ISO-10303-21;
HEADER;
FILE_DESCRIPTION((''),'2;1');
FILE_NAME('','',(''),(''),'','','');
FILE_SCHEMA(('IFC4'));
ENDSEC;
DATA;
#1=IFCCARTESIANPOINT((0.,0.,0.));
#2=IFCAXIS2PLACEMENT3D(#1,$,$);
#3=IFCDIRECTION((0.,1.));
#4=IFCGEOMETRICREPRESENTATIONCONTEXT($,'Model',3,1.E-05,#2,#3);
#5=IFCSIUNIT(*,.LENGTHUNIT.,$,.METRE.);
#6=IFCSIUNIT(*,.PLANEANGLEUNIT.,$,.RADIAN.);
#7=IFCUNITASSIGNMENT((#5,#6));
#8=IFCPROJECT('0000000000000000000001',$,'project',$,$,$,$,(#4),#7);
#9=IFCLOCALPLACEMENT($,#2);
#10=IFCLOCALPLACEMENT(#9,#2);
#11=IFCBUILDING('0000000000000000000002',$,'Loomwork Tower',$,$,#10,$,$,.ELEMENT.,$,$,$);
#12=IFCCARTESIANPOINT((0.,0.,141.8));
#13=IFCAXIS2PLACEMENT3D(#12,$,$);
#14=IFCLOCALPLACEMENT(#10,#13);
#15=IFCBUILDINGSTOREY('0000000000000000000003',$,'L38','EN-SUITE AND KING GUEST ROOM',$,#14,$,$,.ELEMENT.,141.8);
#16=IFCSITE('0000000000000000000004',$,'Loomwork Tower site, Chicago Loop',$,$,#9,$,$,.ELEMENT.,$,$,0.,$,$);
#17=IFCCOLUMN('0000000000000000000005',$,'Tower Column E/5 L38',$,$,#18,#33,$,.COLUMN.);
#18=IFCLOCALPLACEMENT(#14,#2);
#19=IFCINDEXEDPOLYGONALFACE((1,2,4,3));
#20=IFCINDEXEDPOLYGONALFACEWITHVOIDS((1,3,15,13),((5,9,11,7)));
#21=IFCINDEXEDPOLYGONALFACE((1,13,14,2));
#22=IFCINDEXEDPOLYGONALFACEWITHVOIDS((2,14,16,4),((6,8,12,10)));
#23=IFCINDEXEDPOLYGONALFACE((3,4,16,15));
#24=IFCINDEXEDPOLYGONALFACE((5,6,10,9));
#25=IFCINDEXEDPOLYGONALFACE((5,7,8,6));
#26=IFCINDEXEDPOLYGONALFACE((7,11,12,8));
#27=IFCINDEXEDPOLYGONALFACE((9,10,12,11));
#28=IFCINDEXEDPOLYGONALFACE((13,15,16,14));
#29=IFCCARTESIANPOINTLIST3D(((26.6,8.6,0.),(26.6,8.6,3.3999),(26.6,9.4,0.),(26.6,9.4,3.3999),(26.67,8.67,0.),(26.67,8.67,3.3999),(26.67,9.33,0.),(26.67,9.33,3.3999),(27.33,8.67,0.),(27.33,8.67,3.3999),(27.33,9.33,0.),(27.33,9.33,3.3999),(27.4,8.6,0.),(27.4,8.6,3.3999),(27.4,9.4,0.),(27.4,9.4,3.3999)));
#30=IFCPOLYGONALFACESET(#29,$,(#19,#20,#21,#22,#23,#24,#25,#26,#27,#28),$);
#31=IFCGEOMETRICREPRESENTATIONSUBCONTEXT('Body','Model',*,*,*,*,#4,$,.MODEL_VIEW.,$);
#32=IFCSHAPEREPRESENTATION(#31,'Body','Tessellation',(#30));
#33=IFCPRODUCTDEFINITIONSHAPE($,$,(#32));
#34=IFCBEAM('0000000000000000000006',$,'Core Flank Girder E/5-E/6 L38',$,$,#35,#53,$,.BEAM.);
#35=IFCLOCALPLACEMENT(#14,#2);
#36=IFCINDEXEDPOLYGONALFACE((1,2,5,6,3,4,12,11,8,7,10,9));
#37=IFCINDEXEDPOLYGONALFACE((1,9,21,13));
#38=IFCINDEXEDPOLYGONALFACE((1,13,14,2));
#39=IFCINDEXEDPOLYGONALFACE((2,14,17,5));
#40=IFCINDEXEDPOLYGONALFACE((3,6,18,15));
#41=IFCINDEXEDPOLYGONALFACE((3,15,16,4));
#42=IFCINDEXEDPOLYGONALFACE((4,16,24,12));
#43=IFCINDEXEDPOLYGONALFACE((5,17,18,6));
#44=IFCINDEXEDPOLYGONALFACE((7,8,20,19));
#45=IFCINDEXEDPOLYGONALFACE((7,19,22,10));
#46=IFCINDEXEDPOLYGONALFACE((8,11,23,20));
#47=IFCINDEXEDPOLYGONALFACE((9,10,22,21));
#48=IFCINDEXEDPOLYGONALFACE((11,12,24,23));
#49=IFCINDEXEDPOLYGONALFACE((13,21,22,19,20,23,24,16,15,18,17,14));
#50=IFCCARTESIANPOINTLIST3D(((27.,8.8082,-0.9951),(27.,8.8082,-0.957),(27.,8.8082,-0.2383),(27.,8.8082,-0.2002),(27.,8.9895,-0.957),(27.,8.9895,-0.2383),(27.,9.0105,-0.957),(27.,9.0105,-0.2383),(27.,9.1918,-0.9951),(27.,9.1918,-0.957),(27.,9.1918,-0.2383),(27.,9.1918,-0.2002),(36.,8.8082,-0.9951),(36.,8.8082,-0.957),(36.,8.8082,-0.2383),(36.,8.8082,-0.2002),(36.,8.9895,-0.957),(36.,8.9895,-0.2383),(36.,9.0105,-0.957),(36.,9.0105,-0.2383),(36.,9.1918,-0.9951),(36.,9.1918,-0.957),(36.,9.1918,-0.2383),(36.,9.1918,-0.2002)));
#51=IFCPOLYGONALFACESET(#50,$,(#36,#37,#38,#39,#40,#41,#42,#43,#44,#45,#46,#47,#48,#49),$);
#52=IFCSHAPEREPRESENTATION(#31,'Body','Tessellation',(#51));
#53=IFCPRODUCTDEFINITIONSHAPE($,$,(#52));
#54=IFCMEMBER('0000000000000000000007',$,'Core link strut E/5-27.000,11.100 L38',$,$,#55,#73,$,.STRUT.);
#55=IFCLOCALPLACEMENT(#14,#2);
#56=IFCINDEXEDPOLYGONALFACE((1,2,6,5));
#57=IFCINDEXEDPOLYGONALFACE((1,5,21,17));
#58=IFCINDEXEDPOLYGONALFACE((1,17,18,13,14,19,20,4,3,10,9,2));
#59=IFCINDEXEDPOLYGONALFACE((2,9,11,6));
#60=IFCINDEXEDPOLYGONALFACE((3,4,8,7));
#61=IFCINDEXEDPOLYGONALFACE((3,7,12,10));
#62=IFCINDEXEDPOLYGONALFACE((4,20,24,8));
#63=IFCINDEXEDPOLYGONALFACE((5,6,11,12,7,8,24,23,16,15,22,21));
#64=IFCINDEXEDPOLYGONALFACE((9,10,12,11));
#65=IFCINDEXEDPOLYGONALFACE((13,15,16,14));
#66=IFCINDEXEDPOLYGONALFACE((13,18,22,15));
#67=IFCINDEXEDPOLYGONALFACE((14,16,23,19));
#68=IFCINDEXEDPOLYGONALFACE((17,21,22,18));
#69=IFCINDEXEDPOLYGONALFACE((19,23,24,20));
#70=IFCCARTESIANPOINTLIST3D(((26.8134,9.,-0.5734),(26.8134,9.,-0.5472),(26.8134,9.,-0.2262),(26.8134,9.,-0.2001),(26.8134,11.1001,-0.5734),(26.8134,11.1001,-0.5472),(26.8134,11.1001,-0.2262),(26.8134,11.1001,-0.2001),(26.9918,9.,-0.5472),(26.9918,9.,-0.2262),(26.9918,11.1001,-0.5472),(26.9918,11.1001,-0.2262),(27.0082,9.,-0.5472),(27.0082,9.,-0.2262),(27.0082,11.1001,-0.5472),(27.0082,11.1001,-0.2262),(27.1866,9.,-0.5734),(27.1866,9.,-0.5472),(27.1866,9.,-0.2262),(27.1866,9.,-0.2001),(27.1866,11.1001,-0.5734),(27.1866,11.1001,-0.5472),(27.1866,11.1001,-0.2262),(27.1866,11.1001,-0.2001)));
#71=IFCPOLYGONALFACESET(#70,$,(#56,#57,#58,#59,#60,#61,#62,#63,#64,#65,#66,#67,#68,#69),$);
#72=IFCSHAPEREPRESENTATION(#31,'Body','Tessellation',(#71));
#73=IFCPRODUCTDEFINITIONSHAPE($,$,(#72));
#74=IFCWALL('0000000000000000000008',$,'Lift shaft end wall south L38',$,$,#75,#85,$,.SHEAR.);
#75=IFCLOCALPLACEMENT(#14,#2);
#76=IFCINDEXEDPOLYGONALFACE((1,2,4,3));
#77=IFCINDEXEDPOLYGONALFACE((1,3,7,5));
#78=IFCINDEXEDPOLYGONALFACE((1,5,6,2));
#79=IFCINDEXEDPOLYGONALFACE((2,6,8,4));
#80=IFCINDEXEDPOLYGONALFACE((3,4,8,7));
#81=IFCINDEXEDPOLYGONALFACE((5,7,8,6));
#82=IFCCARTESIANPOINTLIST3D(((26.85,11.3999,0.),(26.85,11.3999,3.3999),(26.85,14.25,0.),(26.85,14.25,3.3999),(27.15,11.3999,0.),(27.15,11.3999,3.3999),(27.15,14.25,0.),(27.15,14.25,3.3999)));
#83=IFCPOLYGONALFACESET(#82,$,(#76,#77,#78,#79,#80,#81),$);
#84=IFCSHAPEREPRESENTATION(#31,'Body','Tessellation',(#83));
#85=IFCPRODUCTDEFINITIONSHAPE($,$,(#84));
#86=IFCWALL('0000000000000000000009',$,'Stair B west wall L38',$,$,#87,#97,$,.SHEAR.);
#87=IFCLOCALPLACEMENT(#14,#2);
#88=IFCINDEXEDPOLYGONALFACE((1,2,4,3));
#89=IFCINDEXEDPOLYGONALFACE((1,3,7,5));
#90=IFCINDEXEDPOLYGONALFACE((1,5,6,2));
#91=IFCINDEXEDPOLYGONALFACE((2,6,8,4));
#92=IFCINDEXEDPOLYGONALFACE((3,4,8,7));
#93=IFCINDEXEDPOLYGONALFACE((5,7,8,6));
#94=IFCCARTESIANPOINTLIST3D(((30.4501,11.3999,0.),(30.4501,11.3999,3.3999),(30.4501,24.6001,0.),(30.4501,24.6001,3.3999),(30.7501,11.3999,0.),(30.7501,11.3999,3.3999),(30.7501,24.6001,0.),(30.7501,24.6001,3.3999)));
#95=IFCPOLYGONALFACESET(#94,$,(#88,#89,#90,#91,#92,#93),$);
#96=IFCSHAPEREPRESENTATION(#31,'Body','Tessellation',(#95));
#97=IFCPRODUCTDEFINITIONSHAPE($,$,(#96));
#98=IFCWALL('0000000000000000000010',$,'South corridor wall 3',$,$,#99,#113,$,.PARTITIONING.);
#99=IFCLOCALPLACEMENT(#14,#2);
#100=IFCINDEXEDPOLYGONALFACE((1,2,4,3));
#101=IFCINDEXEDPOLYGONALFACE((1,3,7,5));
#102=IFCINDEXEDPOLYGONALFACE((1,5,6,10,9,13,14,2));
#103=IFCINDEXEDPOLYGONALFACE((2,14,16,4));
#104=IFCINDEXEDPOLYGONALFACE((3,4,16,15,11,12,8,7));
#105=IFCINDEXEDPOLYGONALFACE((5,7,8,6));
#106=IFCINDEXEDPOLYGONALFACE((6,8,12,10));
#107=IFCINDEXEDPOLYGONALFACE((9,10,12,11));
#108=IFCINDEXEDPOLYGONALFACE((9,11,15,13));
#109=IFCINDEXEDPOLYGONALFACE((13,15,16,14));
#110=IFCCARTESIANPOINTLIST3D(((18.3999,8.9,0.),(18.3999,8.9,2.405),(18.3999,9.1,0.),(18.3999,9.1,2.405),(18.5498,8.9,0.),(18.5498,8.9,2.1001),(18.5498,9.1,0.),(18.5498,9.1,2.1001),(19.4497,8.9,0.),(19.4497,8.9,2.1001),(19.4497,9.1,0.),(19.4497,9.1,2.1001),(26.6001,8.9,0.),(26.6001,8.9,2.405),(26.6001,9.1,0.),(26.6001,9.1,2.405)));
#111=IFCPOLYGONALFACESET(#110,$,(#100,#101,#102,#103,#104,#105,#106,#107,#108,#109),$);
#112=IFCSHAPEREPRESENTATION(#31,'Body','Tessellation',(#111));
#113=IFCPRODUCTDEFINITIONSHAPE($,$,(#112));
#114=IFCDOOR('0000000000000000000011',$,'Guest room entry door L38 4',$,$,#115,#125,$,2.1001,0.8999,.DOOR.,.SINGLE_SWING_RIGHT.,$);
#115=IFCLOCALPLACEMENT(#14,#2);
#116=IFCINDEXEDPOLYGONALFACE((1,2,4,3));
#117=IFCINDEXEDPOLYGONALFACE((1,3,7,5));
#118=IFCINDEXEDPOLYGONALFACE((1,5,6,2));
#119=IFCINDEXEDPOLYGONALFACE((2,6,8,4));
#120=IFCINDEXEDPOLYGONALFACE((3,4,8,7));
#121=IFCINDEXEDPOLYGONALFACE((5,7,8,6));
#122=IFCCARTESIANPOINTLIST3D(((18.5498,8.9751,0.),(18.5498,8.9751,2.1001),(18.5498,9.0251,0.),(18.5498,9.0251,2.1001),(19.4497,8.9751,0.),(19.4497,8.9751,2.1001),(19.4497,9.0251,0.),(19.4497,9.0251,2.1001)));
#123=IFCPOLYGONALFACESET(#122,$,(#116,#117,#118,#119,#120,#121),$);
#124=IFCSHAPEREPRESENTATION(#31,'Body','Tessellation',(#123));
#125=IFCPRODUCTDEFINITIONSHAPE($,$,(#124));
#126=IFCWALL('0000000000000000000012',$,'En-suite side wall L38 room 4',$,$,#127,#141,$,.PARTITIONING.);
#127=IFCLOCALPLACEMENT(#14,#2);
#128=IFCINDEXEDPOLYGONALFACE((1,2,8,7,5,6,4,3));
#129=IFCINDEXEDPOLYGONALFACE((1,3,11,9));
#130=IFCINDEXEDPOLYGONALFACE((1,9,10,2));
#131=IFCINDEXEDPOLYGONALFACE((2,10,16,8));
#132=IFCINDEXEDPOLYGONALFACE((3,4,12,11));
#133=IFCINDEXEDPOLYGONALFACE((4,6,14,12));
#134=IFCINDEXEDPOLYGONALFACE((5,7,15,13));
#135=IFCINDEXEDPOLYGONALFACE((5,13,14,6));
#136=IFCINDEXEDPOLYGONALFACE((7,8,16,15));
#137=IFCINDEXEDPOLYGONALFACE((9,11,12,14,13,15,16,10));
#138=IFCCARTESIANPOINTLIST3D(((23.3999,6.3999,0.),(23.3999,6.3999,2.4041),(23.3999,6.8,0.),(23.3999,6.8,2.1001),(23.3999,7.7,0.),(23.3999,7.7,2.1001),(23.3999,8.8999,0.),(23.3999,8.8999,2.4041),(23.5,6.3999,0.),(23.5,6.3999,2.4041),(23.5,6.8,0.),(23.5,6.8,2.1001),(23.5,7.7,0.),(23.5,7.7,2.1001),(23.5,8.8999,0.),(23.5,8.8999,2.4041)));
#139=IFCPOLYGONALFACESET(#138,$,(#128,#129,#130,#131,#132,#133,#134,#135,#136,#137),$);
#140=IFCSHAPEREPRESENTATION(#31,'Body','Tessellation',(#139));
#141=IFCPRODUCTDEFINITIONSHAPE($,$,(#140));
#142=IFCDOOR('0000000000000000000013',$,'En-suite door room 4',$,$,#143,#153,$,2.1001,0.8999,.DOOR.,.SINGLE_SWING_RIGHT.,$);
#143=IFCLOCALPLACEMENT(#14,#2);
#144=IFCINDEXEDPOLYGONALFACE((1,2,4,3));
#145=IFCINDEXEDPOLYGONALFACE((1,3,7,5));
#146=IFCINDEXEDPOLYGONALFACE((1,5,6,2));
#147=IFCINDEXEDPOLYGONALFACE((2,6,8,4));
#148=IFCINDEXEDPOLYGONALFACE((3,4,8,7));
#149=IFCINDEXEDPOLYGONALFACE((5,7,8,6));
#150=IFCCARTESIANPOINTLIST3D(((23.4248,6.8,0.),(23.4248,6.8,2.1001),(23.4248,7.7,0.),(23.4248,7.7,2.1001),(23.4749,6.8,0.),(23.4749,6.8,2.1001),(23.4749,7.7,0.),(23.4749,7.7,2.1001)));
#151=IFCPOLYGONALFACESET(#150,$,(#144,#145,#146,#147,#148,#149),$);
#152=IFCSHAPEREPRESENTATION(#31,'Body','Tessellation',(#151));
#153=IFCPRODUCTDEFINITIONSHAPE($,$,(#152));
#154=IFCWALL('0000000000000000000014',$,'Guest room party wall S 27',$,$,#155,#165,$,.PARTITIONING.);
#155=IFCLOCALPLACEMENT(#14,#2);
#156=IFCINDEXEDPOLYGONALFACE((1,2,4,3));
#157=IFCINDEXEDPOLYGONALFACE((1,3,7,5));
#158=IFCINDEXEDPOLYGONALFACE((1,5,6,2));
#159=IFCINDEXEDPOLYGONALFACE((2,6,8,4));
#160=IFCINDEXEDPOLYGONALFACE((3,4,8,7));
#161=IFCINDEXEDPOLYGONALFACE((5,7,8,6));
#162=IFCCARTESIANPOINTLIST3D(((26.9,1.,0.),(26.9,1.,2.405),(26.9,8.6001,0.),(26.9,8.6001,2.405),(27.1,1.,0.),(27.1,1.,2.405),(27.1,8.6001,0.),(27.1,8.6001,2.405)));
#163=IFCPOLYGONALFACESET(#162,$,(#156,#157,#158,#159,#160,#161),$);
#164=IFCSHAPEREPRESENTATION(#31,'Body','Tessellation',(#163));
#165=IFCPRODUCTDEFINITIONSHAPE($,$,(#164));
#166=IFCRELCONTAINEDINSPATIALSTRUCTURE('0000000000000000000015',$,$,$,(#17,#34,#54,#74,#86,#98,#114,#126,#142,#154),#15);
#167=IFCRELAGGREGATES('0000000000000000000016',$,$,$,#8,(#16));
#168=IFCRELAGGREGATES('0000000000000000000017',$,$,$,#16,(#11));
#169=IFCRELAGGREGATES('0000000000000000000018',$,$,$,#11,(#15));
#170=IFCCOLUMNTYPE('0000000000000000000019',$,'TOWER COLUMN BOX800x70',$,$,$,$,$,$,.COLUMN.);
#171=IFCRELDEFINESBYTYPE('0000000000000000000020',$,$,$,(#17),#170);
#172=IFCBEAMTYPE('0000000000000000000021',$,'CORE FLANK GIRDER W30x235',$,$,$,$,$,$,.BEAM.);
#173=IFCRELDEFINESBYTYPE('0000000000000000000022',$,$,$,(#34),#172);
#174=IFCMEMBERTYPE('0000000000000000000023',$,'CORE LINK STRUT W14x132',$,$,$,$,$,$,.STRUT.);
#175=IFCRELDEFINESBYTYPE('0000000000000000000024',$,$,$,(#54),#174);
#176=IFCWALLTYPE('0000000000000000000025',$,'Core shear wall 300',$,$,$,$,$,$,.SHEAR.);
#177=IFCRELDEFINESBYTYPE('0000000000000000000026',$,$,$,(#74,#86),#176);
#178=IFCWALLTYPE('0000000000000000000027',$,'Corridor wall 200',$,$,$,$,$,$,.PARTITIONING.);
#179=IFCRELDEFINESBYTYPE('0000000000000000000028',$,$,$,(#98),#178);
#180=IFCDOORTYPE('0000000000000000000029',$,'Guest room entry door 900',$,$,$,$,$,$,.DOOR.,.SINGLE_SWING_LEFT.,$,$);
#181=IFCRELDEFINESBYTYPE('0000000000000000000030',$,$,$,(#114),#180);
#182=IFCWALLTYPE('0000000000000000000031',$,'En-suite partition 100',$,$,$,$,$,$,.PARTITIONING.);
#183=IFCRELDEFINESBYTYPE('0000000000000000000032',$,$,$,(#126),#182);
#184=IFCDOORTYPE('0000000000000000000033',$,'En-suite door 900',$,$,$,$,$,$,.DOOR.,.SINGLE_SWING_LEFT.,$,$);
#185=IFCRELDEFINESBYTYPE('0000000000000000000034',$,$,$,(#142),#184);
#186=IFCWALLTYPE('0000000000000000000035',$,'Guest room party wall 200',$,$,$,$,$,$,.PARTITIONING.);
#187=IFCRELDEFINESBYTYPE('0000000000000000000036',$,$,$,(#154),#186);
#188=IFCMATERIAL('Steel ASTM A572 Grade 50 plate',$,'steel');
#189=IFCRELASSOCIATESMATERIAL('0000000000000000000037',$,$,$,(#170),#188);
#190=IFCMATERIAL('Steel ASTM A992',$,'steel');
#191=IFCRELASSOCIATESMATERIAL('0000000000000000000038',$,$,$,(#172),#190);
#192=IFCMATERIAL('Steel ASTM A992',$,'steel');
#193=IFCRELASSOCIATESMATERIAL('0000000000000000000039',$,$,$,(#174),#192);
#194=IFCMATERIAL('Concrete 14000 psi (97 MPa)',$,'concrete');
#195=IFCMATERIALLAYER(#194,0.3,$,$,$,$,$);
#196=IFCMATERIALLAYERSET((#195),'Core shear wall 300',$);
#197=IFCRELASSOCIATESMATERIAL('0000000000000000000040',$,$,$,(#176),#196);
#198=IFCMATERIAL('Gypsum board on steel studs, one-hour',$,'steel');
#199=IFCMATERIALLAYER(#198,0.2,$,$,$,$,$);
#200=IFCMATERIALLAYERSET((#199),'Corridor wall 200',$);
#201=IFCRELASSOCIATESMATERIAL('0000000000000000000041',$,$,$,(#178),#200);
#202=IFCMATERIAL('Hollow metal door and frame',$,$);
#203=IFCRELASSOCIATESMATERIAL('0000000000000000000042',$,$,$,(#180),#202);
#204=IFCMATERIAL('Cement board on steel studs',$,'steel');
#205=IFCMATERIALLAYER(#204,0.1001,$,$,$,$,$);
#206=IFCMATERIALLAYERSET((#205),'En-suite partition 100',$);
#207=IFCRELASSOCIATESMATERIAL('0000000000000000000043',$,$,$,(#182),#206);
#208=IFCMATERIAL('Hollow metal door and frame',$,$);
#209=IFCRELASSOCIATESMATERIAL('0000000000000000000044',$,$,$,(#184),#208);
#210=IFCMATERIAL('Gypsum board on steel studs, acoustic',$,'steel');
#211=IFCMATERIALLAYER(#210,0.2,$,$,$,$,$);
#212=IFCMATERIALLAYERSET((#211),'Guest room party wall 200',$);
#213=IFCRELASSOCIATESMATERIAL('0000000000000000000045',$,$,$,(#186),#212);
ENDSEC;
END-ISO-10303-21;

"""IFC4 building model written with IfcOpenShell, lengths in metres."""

from ifc_helpers import new_model, si_unit, direction, frame, frame_2d, origin, origin_2d, place, context, subcontext, project, spatial, rectangle, hollow_rectangle, i_section, extrude, material, layer, layer_set, material_profile, profile_set, type_object, element, fill, save


model = new_model("IFC4")

# Units and contexts
model_context = context("Model", 3, precision=1e-05, world=origin(), true_north=direction((0.0, 1.0)))
body_context = subcontext(model_context, "Body", "Model", "MODEL_VIEW")
ifc_project = project(units=[si_unit("LENGTHUNIT", "METRE"), si_unit("PLANEANGLEUNIT", "RADIAN")], contexts=[model_context])

# Site, building, storey
site_placement = place(None, origin())
site = spatial("IfcSite", under=ifc_project, at=site_placement, Name="Loomwork Tower site, Chicago Loop", CompositionType="ELEMENT", RefElevation=0.0)
building_placement = place(site_placement, origin())
building = spatial("IfcBuilding", under=site, at=building_placement, Name="Loomwork Tower", CompositionType="ELEMENT")
storey_placement = place(building_placement, frame((0.0, 0.0, 141.8)))
storey = spatial("IfcBuildingStorey", under=building, at=storey_placement, Name="L38", Description="EN-SUITE AND KING GUEST ROOM", CompositionType="ELEMENT", Elevation=141.8)

# Column
ifc_material_1 = material(Name="Steel ASTM A572 Grade 50 plate", Category="steel")
ifc_material_profile_1 = material_profile(ifc_material_1, hollow_rectangle(XDim=0.8, YDim=0.8, WallThickness=0.0701, at=origin_2d()), Name="BOX800x70")
ifc_profile_set_1 = profile_set([ifc_material_profile_1], Name="Steel ASTM A572 Grade 50 plate")
column_type = type_object("IfcColumnType", Name="TOWER COLUMN BOX800x70", PredefinedType="COLUMN", material=ifc_profile_set_1)
column_placement = place(storey_placement, frame((27.0, 9.0, 0.0), z_axis=(0.0, 0.0, 1.0), x_axis=(1.0, 0.0, 0.0)))
element("IfcColumn", 1, at=column_placement, inside=storey, type_object=column_type, Name="Tower Column E/5 L38", PredefinedType="COLUMN", context=body_context, shape_type="SweptSolid", body=[
    extrude(hollow_rectangle(XDim=0.8, YDim=0.8, WallThickness=0.0701, at=origin_2d()), origin(), (0.0, 0.0, 1.0), 3.3999),
])

# Beam
ifc_material_2 = material(Name="Steel ASTM A992", Category="steel")
ifc_material_profile_2 = material_profile(ifc_material_2, i_section(OverallWidth=0.3835, OverallDepth=0.7949, WebThickness=0.021, FlangeThickness=0.0381, at=origin_2d()), Name="W30x235")
ifc_profile_set_2 = profile_set([ifc_material_profile_2], Name="Steel ASTM A992")
beam_type = type_object("IfcBeamType", Name="CORE FLANK GIRDER W30x235", PredefinedType="BEAM", material=ifc_profile_set_2)
beam_placement = place(storey_placement, frame((27.0, 9.0, -0.5977), z_axis=(1.0, 0.0, 0.0), x_axis=(0.0, 1.0, 0.0)))
element("IfcBeam", 2, at=beam_placement, inside=storey, type_object=beam_type, Name="Core Flank Girder E/5-E/6 L38", PredefinedType="BEAM", context=body_context, shape_type="SweptSolid", body=[
    extrude(i_section(OverallWidth=0.3835, OverallDepth=0.7949, WebThickness=0.021, FlangeThickness=0.0381, at=origin_2d()), origin(), (0.0, 0.0, 1.0), 9.0),
])

# Member
ifc_material_3 = material(Name="Steel ASTM A992", Category="steel")
ifc_material_profile_3 = material_profile(ifc_material_3, i_section(OverallWidth=0.3733, OverallDepth=0.3733, WebThickness=0.0164, FlangeThickness=0.0261, at=origin_2d()), Name="W14x132")
ifc_profile_set_3 = profile_set([ifc_material_profile_3], Name="Steel ASTM A992")
member_type = type_object("IfcMemberType", Name="CORE LINK STRUT W14x132", PredefinedType="STRUT", material=ifc_profile_set_3)
member_placement = place(storey_placement, frame((27.0, 9.0, -0.3867), z_axis=(0.0, 1.0, 0.0), x_axis=(-1.0, 0.0, 0.0)))
element("IfcMember", 3, at=member_placement, inside=storey, type_object=member_type, Name="Core link strut E/5-27.000,11.100 L38", PredefinedType="STRUT", context=body_context, shape_type="SweptSolid", body=[
    extrude(i_section(OverallWidth=0.3733, OverallDepth=0.3733, WebThickness=0.0164, FlangeThickness=0.0261, at=origin_2d()), origin(), (0.0, 0.0, 1.0), 2.1001),
])

# Walls
ifc_material_4 = material(Name="Concrete 14000 psi (97 MPa)", Category="concrete")
ifc_layer_1 = layer(ifc_material_4, 0.3)
ifc_layer_set_1 = layer_set([ifc_layer_1], Name="Core shear wall 300")
wall_type_1 = type_object("IfcWallType", Name="Core shear wall 300", PredefinedType="SHEAR", material=ifc_layer_set_1)
wall_1_placement = place(storey_placement, frame((27.0, 11.3999, 0.0), z_axis=(0.0, 0.0, 1.0), x_axis=(0.0, 1.0, 0.0)))
element("IfcWall", 4, at=wall_1_placement, inside=storey, type_object=wall_type_1, Name="Lift shaft end wall south L38", PredefinedType="SHEAR", context=body_context, shape_type="SweptSolid", body=[
    extrude(rectangle(XDim=2.8501, YDim=0.3, at=frame_2d((1.425, 0.0))), origin(), (0.0, 0.0, 1.0), 3.3999),
])
wall_2_placement = place(storey_placement, frame((30.6001, 11.3999, 0.0), z_axis=(0.0, 0.0, 1.0), x_axis=(0.0, 1.0, 0.0)))
element("IfcWall", 5, at=wall_2_placement, inside=storey, type_object=wall_type_1, Name="Stair B west wall L38", PredefinedType="SHEAR", context=body_context, shape_type="SweptSolid", body=[
    extrude(rectangle(XDim=13.2002, YDim=0.3, at=frame_2d((6.6001, 0.0))), origin(), (0.0, 0.0, 1.0), 3.3999),
])

# Walls, openings, doors
ifc_material_5 = material(Name="Gypsum board on steel studs, one-hour", Category="steel")
ifc_layer_2 = layer(ifc_material_5, 0.2)
ifc_layer_set_2 = layer_set([ifc_layer_2], Name="Corridor wall 200")
wall_type_2 = type_object("IfcWallType", Name="Corridor wall 200", PredefinedType="PARTITIONING", material=ifc_layer_set_2)
wall_3_placement = place(storey_placement, frame((18.3999, 9.0, 0.0), z_axis=(0.0, 0.0, 1.0), x_axis=(1.0, 0.0, 0.0)))
wall_3 = element("IfcWall", 6, at=wall_3_placement, inside=storey, type_object=wall_type_2, Name="South corridor wall 3", PredefinedType="PARTITIONING", context=body_context, shape_type="SweptSolid", body=[
    extrude(rectangle(XDim=8.2002, YDim=0.2, at=frame_2d((4.1001, 0.0))), origin(), (0.0, 0.0, 1.0), 2.405),
])
opening_1_placement = place(wall_3_placement, frame((0.1499, 0.0, 0.0)))
opening_1 = element("IfcOpeningElement", 7, at=opening_1_placement, cuts=wall_3, PredefinedType="OPENING", context=body_context, shape_type="SweptSolid", body=[
    extrude(rectangle(XDim=0.8999, YDim=2.1001, at=frame_2d((0.45, 1.05))), frame((0.0, 0.1099, 0.0), z_axis=(0.0, -1.0, 0.0), x_axis=(1.0, 0.0, 0.0)), (0.0, 0.0, 1.0), 0.22),
])
ifc_material_6 = material(Name="Hollow metal door and frame")
door_type_1 = type_object("IfcDoorType", Name="Guest room entry door 900", OperationType="SINGLE_SWING_LEFT", PredefinedType="DOOR", material=ifc_material_6)
door_1_placement = place(opening_1_placement, frame((0.8999, 0.0, 0.0), z_axis=(0.0, 0.0, 1.0), x_axis=(-1.0, 0.0, 0.0)))
door_1 = element("IfcDoor", 8, at=door_1_placement, inside=storey, type_object=door_type_1, Name="Guest room entry door L38 4", OperationType="SINGLE_SWING_RIGHT", OverallHeight=2.1001, OverallWidth=0.8999, PredefinedType="DOOR", context=body_context, shape_type="SweptSolid", body=[
    extrude(rectangle(XDim=0.8999, YDim=2.1001, at=frame_2d((0.45, 1.05))), frame((0.0, 0.0249, 0.0), z_axis=(0.0, -1.0, 0.0), x_axis=(1.0, 0.0, 0.0)), (0.0, 0.0, 1.0), 0.05),
])
fill(opening_1, door_1)
ifc_material_7 = material(Name="Cement board on steel studs", Category="steel")
ifc_layer_3 = layer(ifc_material_7, 0.1001)
ifc_layer_set_3 = layer_set([ifc_layer_3], Name="En-suite partition 100")
wall_type_3 = type_object("IfcWallType", Name="En-suite partition 100", PredefinedType="PARTITIONING", material=ifc_layer_set_3)
wall_4_placement = place(storey_placement, frame((23.45, 8.8999, 0.0), z_axis=(0.0, 0.0, 1.0), x_axis=(0.0, -1.0, 0.0)))
wall_4 = element("IfcWall", 9, at=wall_4_placement, inside=storey, type_object=wall_type_3, Name="En-suite side wall L38 room 4", PredefinedType="PARTITIONING", context=body_context, shape_type="SweptSolid", body=[
    extrude(rectangle(XDim=2.5, YDim=0.1001, at=frame_2d((1.25, 0.0))), origin(), (0.0, 0.0, 1.0), 2.4041),
])
opening_2_placement = place(wall_4_placement, frame((1.2, 0.0, 0.0)))
opening_2 = element("IfcOpeningElement", 10, at=opening_2_placement, cuts=wall_4, PredefinedType="OPENING", context=body_context, shape_type="SweptSolid", body=[
    extrude(rectangle(XDim=0.8999, YDim=2.1001, at=frame_2d((0.45, 1.05))), frame((0.0, 0.0601, 0.0), z_axis=(0.0, -1.0, 0.0), x_axis=(1.0, 0.0, 0.0)), (0.0, 0.0, 1.0), 0.1201),
])
ifc_material_8 = material(Name="Hollow metal door and frame")
door_type_2 = type_object("IfcDoorType", Name="En-suite door 900", OperationType="SINGLE_SWING_LEFT", PredefinedType="DOOR", material=ifc_material_8)
door_2_placement = place(opening_2_placement, origin())
door_2 = element("IfcDoor", 11, at=door_2_placement, inside=storey, type_object=door_type_2, Name="En-suite door room 4", OperationType="SINGLE_SWING_RIGHT", OverallHeight=2.1001, OverallWidth=0.8999, PredefinedType="DOOR", context=body_context, shape_type="SweptSolid", body=[
    extrude(rectangle(XDim=0.8999, YDim=2.1001, at=frame_2d((0.45, 1.05))), frame((0.0, 0.0249, 0.0), z_axis=(0.0, -1.0, 0.0), x_axis=(1.0, 0.0, 0.0)), (0.0, 0.0, 1.0), 0.05),
])
fill(opening_2, door_2)

# Wall
ifc_material_9 = material(Name="Gypsum board on steel studs, acoustic", Category="steel")
ifc_layer_4 = layer(ifc_material_9, 0.2)
ifc_layer_set_4 = layer_set([ifc_layer_4], Name="Guest room party wall 200")
wall_type_4 = type_object("IfcWallType", Name="Guest room party wall 200", PredefinedType="PARTITIONING", material=ifc_layer_set_4)
wall_5_placement = place(storey_placement, frame((27.0, 8.6001, 0.0), z_axis=(0.0, 0.0, 1.0), x_axis=(0.0, -1.0, 0.0)))
element("IfcWall", 12, at=wall_5_placement, inside=storey, type_object=wall_type_4, Name="Guest room party wall S 27", PredefinedType="PARTITIONING", context=body_context, shape_type="SweptSolid", body=[
    extrude(rectangle(XDim=7.6001, YDim=0.2, at=frame_2d((3.8, 0.0))), origin(), (0.0, 0.0, 1.0), 2.405),
])

save(model, "model.ifc")
